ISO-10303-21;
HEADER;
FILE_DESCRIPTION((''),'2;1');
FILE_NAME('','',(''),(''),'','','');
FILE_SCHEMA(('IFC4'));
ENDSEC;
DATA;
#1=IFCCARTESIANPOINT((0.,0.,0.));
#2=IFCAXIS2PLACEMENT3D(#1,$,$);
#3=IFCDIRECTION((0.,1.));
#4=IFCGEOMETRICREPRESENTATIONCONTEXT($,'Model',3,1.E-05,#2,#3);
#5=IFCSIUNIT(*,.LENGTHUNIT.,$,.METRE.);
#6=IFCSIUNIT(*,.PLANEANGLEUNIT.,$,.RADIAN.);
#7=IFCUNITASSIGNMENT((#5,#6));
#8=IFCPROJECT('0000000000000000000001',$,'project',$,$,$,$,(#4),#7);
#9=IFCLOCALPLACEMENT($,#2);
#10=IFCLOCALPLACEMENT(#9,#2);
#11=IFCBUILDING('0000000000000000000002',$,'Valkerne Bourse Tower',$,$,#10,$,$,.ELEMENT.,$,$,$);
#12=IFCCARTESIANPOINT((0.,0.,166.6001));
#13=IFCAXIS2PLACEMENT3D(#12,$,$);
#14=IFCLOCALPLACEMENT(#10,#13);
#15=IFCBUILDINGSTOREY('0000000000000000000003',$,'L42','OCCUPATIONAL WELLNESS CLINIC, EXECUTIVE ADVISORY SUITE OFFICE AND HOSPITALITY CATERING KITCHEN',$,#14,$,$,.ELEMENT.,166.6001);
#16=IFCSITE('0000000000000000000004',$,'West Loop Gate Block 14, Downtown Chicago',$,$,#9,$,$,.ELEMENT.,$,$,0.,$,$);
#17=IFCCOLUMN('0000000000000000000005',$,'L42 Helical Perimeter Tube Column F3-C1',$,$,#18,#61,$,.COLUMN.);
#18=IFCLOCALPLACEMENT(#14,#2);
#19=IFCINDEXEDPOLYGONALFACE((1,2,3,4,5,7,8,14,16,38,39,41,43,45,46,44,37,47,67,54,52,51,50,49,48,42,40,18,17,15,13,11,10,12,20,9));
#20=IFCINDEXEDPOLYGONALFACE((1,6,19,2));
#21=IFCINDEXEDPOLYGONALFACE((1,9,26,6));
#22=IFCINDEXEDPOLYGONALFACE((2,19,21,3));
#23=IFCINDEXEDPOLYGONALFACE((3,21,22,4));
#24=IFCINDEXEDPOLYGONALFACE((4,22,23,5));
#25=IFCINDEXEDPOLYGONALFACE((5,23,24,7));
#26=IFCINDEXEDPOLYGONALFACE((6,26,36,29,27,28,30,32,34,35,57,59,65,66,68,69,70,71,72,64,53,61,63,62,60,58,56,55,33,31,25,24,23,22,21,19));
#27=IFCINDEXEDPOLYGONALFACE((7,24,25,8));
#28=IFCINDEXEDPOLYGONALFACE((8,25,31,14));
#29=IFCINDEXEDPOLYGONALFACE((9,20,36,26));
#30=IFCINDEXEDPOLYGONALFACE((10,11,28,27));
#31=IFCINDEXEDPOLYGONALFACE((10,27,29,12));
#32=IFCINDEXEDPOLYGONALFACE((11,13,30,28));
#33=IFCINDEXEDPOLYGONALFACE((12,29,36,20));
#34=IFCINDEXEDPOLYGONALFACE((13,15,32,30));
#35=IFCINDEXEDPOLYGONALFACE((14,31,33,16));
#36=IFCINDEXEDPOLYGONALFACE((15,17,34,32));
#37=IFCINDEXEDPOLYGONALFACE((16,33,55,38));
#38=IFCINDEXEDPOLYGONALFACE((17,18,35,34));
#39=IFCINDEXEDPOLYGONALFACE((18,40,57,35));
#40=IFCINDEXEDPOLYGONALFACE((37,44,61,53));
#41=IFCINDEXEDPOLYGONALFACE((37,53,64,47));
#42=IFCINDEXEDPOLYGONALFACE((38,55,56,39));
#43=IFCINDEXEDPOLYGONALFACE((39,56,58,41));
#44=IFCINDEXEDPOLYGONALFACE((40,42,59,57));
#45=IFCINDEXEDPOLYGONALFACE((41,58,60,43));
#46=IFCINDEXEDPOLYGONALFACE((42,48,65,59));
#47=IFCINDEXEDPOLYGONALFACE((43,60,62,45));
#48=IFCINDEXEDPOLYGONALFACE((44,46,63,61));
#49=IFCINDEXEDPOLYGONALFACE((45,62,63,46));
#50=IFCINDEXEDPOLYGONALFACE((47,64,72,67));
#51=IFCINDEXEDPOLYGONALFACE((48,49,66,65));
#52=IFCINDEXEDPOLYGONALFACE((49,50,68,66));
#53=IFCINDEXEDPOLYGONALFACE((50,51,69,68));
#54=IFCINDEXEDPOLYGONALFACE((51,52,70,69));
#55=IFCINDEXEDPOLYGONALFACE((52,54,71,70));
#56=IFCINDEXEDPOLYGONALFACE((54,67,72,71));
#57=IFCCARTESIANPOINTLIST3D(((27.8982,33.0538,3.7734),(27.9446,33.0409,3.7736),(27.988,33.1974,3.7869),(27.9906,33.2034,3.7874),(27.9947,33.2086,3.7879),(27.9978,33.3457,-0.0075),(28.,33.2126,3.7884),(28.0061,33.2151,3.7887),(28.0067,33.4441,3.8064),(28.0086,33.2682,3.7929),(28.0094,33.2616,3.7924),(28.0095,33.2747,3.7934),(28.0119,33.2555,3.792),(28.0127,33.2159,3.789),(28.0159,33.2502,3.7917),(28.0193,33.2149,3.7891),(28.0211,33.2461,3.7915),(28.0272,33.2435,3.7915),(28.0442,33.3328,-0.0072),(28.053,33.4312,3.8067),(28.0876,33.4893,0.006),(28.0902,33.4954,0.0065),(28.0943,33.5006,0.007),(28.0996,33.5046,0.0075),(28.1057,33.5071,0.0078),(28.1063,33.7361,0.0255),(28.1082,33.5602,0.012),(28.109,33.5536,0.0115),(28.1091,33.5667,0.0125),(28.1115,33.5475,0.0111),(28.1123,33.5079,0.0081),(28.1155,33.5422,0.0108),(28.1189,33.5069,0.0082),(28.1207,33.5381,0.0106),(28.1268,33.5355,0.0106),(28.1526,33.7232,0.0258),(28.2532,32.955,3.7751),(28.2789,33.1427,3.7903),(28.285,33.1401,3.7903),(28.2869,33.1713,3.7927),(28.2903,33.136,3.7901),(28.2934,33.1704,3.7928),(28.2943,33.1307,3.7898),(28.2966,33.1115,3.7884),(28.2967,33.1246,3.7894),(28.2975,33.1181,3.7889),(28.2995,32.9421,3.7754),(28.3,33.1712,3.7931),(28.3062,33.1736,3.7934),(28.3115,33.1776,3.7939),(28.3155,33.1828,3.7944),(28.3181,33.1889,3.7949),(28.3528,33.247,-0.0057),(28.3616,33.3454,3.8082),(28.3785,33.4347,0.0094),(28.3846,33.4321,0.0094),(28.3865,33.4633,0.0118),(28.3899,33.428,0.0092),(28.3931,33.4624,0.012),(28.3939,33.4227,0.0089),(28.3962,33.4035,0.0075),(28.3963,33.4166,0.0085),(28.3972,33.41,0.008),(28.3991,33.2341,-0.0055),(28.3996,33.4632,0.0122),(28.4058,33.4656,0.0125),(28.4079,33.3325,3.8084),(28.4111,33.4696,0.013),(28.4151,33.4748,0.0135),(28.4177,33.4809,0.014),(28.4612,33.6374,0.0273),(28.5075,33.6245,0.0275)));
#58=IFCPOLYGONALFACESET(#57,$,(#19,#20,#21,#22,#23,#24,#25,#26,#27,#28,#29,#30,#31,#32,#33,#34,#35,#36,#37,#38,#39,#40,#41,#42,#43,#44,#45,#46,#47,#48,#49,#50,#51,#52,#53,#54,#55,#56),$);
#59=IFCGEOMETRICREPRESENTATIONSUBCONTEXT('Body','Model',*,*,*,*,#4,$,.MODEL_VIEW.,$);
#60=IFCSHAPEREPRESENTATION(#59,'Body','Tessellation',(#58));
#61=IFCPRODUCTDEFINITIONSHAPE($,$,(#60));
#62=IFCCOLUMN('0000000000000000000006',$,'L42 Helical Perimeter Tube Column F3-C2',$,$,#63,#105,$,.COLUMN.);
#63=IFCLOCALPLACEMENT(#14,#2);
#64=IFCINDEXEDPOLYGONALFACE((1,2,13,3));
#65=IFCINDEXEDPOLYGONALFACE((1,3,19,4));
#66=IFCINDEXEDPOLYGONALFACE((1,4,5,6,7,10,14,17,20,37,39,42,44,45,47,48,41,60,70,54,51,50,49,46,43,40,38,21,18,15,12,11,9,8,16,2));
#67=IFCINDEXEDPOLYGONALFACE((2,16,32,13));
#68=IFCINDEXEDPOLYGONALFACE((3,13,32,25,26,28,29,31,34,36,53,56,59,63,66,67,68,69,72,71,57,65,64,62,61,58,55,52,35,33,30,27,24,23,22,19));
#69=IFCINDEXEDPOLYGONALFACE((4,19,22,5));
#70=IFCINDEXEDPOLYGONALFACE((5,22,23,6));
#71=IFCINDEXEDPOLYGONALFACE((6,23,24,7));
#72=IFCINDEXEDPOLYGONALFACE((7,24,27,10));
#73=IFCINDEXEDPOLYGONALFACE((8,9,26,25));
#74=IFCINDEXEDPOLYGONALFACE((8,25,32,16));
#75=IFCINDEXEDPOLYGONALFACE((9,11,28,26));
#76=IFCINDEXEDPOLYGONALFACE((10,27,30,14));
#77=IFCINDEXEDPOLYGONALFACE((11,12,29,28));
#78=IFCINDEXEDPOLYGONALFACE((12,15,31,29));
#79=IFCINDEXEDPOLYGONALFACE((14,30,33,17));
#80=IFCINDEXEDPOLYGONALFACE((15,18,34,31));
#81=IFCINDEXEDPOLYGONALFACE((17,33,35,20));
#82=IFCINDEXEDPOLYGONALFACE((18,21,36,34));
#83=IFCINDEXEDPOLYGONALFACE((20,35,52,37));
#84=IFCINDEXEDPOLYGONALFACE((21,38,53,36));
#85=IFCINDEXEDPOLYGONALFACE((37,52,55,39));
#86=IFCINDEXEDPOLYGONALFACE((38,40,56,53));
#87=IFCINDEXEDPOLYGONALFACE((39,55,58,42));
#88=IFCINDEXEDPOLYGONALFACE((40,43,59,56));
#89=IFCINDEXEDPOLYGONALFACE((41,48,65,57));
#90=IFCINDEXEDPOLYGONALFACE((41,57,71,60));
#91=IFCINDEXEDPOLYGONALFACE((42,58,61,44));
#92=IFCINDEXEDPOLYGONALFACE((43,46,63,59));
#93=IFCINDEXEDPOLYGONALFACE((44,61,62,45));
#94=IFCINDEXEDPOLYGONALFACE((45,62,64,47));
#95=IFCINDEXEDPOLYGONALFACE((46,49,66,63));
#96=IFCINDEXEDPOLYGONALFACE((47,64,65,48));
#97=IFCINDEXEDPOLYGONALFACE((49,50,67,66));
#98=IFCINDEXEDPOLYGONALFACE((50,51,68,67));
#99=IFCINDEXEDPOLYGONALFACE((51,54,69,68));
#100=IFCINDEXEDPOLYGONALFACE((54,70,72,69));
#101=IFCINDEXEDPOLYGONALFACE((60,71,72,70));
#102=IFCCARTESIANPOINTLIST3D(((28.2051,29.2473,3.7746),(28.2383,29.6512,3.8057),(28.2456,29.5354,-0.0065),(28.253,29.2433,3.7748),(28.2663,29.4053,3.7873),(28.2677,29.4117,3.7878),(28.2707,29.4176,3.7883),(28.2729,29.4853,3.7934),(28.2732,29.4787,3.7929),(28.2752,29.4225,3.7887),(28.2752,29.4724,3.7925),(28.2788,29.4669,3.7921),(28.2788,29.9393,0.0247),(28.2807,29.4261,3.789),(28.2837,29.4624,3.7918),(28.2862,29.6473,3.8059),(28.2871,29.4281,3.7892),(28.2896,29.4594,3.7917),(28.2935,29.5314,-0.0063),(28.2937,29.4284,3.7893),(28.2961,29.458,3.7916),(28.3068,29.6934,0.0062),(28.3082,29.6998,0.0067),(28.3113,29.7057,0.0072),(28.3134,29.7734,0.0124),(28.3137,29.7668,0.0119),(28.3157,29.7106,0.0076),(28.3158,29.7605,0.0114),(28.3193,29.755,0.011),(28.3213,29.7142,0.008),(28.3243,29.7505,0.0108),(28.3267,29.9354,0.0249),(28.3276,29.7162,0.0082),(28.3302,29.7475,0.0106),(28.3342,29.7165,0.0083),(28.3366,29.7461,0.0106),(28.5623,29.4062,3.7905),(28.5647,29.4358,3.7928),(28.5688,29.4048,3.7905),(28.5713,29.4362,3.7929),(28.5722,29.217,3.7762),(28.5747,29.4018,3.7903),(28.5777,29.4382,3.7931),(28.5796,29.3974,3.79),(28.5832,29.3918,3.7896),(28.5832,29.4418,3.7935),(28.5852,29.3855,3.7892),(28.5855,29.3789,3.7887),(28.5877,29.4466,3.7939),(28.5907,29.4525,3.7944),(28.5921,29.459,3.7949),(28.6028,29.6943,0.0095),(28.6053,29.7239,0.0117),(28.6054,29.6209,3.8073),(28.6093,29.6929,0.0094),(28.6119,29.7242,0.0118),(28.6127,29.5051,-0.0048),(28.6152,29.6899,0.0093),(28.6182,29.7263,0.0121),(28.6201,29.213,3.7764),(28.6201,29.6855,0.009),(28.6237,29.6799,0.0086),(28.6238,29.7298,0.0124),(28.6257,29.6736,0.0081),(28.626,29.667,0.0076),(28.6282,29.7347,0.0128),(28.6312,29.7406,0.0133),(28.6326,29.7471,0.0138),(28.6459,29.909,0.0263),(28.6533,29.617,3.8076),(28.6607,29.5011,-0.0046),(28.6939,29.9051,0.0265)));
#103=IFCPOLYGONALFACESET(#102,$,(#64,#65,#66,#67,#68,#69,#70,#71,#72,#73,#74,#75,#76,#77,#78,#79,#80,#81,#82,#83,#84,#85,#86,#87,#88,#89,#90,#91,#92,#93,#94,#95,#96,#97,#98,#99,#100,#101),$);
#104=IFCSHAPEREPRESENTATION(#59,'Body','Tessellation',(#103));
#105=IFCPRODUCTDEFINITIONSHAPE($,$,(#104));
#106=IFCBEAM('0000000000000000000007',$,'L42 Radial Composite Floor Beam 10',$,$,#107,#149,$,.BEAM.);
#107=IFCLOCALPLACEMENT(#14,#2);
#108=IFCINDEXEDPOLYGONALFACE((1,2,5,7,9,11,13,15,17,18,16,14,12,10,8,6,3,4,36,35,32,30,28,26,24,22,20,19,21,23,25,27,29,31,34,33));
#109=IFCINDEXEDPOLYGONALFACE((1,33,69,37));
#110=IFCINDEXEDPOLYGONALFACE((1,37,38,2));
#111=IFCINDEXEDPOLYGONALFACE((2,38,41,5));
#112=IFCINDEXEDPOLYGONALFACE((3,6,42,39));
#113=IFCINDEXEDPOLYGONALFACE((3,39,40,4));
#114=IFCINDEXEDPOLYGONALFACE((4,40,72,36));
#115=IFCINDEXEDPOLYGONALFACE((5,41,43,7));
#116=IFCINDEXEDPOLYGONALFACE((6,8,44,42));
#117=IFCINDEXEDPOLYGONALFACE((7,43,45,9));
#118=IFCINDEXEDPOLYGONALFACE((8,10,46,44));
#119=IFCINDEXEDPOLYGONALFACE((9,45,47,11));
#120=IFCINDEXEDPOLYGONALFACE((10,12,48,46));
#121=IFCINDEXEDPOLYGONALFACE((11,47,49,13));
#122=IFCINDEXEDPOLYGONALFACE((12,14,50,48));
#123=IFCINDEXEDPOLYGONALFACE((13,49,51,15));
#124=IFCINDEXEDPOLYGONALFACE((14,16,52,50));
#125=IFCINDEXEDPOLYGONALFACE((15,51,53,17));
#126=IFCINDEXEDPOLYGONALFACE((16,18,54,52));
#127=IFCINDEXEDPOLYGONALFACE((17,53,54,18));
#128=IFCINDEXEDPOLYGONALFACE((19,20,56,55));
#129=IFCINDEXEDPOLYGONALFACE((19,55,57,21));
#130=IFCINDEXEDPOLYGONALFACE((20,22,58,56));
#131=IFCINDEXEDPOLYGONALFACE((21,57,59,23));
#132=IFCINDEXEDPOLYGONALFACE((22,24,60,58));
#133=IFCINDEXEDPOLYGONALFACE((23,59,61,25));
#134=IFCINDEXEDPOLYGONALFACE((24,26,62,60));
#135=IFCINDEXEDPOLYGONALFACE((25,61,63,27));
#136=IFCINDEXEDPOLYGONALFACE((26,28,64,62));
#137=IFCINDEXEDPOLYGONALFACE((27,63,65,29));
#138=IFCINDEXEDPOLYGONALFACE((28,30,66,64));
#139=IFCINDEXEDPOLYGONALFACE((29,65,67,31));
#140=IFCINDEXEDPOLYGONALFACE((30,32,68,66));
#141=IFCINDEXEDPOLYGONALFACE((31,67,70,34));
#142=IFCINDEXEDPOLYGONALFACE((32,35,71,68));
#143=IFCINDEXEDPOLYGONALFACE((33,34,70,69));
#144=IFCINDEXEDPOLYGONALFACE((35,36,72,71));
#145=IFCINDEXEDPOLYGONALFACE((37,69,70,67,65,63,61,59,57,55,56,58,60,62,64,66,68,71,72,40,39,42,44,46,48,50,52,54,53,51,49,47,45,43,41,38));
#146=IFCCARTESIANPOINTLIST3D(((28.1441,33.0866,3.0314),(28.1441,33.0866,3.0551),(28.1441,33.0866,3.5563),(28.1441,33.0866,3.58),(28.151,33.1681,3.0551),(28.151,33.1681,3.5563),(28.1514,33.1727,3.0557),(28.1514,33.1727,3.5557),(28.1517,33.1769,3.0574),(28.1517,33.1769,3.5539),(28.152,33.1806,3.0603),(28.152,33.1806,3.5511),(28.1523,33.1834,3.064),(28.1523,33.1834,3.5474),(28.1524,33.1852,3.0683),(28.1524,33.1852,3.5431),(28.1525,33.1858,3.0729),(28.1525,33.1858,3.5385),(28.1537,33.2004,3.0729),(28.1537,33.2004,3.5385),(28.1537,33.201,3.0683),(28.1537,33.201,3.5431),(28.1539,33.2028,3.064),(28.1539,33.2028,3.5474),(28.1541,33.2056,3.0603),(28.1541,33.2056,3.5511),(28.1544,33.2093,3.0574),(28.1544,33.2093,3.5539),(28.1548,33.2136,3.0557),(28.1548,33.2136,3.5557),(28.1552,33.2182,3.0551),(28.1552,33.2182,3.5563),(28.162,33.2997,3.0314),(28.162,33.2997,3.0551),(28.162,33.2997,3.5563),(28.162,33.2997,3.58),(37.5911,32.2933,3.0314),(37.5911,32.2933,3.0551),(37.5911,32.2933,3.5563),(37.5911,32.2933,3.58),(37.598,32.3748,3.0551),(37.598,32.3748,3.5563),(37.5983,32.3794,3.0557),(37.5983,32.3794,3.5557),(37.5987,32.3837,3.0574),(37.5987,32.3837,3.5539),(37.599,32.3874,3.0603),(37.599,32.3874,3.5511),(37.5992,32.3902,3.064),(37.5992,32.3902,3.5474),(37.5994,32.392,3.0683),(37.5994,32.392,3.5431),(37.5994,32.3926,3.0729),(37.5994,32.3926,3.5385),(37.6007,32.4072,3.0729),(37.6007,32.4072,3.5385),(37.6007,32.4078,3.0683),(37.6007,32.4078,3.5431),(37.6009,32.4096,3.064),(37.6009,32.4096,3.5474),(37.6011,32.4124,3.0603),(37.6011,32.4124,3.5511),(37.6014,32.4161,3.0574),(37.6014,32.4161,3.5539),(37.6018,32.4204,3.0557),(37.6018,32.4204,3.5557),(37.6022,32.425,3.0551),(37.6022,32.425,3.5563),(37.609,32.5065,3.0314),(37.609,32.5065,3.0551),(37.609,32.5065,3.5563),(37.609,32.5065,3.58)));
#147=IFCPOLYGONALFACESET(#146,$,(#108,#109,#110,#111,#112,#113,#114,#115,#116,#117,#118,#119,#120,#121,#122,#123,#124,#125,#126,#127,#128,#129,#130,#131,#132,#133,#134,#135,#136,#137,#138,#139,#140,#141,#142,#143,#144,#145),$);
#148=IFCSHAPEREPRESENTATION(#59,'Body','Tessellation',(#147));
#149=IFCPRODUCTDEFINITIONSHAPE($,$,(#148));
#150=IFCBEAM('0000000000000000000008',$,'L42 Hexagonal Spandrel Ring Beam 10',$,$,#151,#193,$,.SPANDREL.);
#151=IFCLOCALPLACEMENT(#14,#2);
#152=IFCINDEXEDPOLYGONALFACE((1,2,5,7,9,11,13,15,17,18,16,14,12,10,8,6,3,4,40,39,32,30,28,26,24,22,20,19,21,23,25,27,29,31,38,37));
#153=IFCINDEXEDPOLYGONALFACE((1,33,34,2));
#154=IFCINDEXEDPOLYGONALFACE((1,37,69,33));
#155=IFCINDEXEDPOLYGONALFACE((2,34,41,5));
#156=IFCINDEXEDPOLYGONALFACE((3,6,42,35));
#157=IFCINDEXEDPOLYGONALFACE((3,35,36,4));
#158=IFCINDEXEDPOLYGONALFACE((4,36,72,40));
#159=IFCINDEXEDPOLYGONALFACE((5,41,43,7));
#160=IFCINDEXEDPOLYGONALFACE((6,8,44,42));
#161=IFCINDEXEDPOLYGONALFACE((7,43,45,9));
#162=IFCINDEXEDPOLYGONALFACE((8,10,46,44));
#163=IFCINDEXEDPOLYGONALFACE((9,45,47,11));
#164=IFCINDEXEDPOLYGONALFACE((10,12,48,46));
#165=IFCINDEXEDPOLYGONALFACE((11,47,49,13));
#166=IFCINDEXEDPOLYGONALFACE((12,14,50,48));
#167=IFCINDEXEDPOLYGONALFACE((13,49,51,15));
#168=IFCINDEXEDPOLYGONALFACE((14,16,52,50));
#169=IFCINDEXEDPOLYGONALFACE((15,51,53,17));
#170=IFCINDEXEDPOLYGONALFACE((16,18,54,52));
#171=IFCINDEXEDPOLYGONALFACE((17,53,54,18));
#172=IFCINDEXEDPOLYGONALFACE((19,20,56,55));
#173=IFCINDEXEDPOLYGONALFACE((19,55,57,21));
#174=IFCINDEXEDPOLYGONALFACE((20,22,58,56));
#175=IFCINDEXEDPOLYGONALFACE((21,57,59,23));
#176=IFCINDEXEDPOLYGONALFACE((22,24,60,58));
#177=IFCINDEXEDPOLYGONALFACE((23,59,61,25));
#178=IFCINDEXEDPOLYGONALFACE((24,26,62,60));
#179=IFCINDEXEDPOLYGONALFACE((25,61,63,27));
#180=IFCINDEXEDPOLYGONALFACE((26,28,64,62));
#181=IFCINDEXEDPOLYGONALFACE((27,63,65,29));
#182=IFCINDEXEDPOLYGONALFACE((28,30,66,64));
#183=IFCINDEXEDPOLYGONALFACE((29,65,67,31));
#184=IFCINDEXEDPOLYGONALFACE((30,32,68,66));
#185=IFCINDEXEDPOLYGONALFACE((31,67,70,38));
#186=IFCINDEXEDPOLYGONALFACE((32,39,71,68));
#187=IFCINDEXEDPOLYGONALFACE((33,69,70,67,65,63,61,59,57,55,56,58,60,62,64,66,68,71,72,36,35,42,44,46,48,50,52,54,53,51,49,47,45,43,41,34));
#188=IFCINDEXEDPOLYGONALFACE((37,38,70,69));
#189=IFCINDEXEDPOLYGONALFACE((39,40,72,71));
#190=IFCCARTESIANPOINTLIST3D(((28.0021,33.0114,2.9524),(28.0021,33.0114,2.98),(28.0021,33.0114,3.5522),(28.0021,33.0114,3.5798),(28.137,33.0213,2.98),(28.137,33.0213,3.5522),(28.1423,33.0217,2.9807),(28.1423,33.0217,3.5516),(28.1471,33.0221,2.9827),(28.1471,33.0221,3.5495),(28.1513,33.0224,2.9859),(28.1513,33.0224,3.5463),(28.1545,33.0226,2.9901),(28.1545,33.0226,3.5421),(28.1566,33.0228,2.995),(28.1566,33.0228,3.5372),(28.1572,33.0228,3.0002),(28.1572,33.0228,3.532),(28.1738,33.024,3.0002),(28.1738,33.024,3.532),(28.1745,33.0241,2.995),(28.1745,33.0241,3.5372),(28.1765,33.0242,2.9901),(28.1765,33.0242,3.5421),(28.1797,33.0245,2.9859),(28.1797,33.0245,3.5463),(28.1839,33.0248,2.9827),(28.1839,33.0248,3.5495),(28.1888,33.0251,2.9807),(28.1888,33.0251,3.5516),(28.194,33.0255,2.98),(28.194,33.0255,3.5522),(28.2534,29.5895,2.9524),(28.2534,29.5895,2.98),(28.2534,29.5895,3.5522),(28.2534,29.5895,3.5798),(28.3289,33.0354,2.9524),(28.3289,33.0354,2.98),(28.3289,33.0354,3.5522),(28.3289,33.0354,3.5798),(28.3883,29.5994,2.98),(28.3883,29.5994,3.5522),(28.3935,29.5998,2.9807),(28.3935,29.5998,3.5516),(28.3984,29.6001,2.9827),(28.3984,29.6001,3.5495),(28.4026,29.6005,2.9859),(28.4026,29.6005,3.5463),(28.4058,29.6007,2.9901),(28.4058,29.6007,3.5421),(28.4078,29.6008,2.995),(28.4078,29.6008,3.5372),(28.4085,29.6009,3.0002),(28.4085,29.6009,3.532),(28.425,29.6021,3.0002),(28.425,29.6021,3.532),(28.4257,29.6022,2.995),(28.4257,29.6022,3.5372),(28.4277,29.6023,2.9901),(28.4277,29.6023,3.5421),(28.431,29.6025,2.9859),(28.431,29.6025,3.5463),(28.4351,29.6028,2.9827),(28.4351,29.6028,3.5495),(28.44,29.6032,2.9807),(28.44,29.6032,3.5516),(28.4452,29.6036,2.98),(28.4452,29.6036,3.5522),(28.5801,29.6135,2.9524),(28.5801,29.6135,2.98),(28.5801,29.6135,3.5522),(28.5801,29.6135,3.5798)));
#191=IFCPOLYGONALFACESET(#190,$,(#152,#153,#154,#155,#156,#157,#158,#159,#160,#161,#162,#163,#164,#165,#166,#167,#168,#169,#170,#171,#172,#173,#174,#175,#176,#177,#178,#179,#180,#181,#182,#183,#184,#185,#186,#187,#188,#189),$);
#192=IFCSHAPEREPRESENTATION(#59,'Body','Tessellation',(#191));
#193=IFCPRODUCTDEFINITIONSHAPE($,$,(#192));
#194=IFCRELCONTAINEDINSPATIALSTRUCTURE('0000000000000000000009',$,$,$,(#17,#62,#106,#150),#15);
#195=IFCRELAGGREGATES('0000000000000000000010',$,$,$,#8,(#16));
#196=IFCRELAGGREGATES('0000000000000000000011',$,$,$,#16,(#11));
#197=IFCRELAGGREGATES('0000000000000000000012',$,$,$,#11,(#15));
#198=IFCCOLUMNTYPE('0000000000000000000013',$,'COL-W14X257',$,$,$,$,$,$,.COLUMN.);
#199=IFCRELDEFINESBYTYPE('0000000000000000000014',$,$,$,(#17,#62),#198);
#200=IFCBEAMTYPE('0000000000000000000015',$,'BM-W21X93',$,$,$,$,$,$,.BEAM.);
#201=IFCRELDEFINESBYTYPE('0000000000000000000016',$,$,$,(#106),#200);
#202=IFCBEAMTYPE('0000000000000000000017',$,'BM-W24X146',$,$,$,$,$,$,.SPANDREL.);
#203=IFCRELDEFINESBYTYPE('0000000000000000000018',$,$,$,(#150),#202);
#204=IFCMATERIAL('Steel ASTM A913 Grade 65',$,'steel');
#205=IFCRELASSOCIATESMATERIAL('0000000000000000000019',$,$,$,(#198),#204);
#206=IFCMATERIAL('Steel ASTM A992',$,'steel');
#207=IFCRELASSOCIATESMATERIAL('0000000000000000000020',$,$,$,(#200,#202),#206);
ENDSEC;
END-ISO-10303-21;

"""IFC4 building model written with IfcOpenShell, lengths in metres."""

from ifc_helpers import new_model, si_unit, direction, frame, origin, origin_2d, place, context, subcontext, project, spatial, i_section, extrude, material, material_profile, profile_set, type_object, element, save


model = new_model("IFC4")

# Units and contexts
model_context = context("Model", 3, precision=1e-05, world=origin(), true_north=direction((0.0, 1.0)))
body_context = subcontext(model_context, "Body", "Model", "MODEL_VIEW")
ifc_project = project(units=[si_unit("LENGTHUNIT", "METRE"), si_unit("PLANEANGLEUNIT", "RADIAN")], contexts=[model_context])

# Site, building, storey
site_placement = place(None, origin())
site = spatial("IfcSite", under=ifc_project, at=site_placement, Name="West Loop Gate Block 14, Downtown Chicago", CompositionType="ELEMENT", RefElevation=0.0)
building_placement = place(site_placement, origin())
building = spatial("IfcBuilding", under=site, at=building_placement, Name="Valkerne Bourse Tower", CompositionType="ELEMENT")
storey_placement = place(building_placement, frame((0.0, 0.0, 166.6001)))
storey = spatial("IfcBuildingStorey", under=building, at=storey_placement, Name="L42", Description="OCCUPATIONAL WELLNESS CLINIC, EXECUTIVE ADVISORY SUITE OFFICE AND HOSPITALITY CATERING KITCHEN", CompositionType="ELEMENT", Elevation=166.6001)

# Columns
ifc_material_1 = material(Name="Steel ASTM A913 Grade 65", Category="steel")
ifc_material_profile_1 = material_profile(ifc_material_1, i_section(OverallWidth=0.4065, OverallDepth=0.4165, WebThickness=0.0298, FlangeThickness=0.0481, FilletRadius=0.0254, at=origin_2d()), Name="W14X257")
ifc_profile_set_1 = profile_set([ifc_material_profile_1], Name="Steel ASTM A913 Grade 65")
column_type = type_object("IfcColumnType", Name="COL-W14X257", PredefinedType="COLUMN", material=ifc_profile_set_1)
column_1_placement = place(storey_placement, frame((28.2527, 33.4851, 0.01), z_axis=(-0.026257, -0.07697, 0.996688), x_axis=(-0.266783, -0.960331, -0.081191)))
element("IfcColumn", 1, at=column_1_placement, inside=storey, type_object=column_type, Name="L42 Helical Perimeter Tube Column F3-C1", PredefinedType="COLUMN", context=body_context, shape_type="SweptSolid", body=[
    extrude(i_section(OverallWidth=0.4065, OverallDepth=0.4165, WebThickness=0.0298, FlangeThickness=0.0481, FilletRadius=0.0254, at=origin_2d()), origin(), (0.0, 0.0, 1.0), 3.7935),
])
column_2_placement = place(storey_placement, frame((28.4697, 29.7202, 0.01), z_axis=(-0.010687, -0.075968, 0.997053), x_axis=(-0.081663, -0.993713, -0.076589)))
element("IfcColumn", 2, at=column_2_placement, inside=storey, type_object=column_type, Name="L42 Helical Perimeter Tube Column F3-C2", PredefinedType="COLUMN", context=body_context, shape_type="SweptSolid", body=[
    extrude(i_section(OverallWidth=0.4065, OverallDepth=0.4165, WebThickness=0.0298, FlangeThickness=0.0481, FilletRadius=0.0254, at=origin_2d()), origin(), (0.0, 0.0, 1.0), 3.7922),
])

# Beams
ifc_material_2 = material(Name="Steel ASTM A992", Category="steel")
ifc_material_profile_2 = material_profile(ifc_material_2, i_section(OverallWidth=0.2139, OverallDepth=0.5486, WebThickness=0.0146, FlangeThickness=0.0237, FilletRadius=0.0178, at=origin_2d()), Name="W21X93")
ifc_profile_set_2 = profile_set([ifc_material_profile_2], Name="Steel ASTM A992")
beam_type_1 = type_object("IfcBeamType", Name="BM-W21X93", PredefinedType="BEAM", material=ifc_profile_set_2)
beam_1_placement = place(storey_placement, frame((28.1531, 33.1931, 3.3057), z_axis=(0.996494, -0.08367, 0.0), x_axis=(0.08367, 0.996494, 0.0)))
element("IfcBeam", 3, at=beam_1_placement, inside=storey, type_object=beam_type_1, Name="L42 Radial Composite Floor Beam 10", PredefinedType="BEAM", context=body_context, shape_type="SweptSolid", body=[
    extrude(i_section(OverallWidth=0.2139, OverallDepth=0.5486, WebThickness=0.0146, FlangeThickness=0.0237, FilletRadius=0.0178, at=origin_2d()), origin(), (0.0, 0.0, 1.0), 9.4802),
])
ifc_material_profile_3 = material_profile(ifc_material_2, i_section(OverallWidth=0.3276, OverallDepth=0.6274, WebThickness=0.0166, FlangeThickness=0.0276, FilletRadius=0.0203, at=origin_2d()), Name="W24X146")
ifc_profile_set_3 = profile_set([ifc_material_profile_3], Name="Steel ASTM A992")
beam_type_2 = type_object("IfcBeamType", Name="BM-W24X146", PredefinedType="SPANDREL", material=ifc_profile_set_3)
beam_2_placement = place(storey_placement, frame((28.1655, 33.0234, 3.2661), z_axis=(0.073219, -0.997316, 0.0), x_axis=(0.997316, 0.073219, 0.0)))
element("IfcBeam", 4, at=beam_2_placement, inside=storey, type_object=beam_type_2, Name="L42 Hexagonal Spandrel Ring Beam 10", PredefinedType="SPANDREL", context=body_context, shape_type="SweptSolid", body=[
    extrude(i_section(OverallWidth=0.3276, OverallDepth=0.6274, WebThickness=0.0166, FlangeThickness=0.0276, FilletRadius=0.0203, at=origin_2d()), origin(), (0.0, 0.0, 1.0), 3.4312),
])

save(model, "model.ifc")
